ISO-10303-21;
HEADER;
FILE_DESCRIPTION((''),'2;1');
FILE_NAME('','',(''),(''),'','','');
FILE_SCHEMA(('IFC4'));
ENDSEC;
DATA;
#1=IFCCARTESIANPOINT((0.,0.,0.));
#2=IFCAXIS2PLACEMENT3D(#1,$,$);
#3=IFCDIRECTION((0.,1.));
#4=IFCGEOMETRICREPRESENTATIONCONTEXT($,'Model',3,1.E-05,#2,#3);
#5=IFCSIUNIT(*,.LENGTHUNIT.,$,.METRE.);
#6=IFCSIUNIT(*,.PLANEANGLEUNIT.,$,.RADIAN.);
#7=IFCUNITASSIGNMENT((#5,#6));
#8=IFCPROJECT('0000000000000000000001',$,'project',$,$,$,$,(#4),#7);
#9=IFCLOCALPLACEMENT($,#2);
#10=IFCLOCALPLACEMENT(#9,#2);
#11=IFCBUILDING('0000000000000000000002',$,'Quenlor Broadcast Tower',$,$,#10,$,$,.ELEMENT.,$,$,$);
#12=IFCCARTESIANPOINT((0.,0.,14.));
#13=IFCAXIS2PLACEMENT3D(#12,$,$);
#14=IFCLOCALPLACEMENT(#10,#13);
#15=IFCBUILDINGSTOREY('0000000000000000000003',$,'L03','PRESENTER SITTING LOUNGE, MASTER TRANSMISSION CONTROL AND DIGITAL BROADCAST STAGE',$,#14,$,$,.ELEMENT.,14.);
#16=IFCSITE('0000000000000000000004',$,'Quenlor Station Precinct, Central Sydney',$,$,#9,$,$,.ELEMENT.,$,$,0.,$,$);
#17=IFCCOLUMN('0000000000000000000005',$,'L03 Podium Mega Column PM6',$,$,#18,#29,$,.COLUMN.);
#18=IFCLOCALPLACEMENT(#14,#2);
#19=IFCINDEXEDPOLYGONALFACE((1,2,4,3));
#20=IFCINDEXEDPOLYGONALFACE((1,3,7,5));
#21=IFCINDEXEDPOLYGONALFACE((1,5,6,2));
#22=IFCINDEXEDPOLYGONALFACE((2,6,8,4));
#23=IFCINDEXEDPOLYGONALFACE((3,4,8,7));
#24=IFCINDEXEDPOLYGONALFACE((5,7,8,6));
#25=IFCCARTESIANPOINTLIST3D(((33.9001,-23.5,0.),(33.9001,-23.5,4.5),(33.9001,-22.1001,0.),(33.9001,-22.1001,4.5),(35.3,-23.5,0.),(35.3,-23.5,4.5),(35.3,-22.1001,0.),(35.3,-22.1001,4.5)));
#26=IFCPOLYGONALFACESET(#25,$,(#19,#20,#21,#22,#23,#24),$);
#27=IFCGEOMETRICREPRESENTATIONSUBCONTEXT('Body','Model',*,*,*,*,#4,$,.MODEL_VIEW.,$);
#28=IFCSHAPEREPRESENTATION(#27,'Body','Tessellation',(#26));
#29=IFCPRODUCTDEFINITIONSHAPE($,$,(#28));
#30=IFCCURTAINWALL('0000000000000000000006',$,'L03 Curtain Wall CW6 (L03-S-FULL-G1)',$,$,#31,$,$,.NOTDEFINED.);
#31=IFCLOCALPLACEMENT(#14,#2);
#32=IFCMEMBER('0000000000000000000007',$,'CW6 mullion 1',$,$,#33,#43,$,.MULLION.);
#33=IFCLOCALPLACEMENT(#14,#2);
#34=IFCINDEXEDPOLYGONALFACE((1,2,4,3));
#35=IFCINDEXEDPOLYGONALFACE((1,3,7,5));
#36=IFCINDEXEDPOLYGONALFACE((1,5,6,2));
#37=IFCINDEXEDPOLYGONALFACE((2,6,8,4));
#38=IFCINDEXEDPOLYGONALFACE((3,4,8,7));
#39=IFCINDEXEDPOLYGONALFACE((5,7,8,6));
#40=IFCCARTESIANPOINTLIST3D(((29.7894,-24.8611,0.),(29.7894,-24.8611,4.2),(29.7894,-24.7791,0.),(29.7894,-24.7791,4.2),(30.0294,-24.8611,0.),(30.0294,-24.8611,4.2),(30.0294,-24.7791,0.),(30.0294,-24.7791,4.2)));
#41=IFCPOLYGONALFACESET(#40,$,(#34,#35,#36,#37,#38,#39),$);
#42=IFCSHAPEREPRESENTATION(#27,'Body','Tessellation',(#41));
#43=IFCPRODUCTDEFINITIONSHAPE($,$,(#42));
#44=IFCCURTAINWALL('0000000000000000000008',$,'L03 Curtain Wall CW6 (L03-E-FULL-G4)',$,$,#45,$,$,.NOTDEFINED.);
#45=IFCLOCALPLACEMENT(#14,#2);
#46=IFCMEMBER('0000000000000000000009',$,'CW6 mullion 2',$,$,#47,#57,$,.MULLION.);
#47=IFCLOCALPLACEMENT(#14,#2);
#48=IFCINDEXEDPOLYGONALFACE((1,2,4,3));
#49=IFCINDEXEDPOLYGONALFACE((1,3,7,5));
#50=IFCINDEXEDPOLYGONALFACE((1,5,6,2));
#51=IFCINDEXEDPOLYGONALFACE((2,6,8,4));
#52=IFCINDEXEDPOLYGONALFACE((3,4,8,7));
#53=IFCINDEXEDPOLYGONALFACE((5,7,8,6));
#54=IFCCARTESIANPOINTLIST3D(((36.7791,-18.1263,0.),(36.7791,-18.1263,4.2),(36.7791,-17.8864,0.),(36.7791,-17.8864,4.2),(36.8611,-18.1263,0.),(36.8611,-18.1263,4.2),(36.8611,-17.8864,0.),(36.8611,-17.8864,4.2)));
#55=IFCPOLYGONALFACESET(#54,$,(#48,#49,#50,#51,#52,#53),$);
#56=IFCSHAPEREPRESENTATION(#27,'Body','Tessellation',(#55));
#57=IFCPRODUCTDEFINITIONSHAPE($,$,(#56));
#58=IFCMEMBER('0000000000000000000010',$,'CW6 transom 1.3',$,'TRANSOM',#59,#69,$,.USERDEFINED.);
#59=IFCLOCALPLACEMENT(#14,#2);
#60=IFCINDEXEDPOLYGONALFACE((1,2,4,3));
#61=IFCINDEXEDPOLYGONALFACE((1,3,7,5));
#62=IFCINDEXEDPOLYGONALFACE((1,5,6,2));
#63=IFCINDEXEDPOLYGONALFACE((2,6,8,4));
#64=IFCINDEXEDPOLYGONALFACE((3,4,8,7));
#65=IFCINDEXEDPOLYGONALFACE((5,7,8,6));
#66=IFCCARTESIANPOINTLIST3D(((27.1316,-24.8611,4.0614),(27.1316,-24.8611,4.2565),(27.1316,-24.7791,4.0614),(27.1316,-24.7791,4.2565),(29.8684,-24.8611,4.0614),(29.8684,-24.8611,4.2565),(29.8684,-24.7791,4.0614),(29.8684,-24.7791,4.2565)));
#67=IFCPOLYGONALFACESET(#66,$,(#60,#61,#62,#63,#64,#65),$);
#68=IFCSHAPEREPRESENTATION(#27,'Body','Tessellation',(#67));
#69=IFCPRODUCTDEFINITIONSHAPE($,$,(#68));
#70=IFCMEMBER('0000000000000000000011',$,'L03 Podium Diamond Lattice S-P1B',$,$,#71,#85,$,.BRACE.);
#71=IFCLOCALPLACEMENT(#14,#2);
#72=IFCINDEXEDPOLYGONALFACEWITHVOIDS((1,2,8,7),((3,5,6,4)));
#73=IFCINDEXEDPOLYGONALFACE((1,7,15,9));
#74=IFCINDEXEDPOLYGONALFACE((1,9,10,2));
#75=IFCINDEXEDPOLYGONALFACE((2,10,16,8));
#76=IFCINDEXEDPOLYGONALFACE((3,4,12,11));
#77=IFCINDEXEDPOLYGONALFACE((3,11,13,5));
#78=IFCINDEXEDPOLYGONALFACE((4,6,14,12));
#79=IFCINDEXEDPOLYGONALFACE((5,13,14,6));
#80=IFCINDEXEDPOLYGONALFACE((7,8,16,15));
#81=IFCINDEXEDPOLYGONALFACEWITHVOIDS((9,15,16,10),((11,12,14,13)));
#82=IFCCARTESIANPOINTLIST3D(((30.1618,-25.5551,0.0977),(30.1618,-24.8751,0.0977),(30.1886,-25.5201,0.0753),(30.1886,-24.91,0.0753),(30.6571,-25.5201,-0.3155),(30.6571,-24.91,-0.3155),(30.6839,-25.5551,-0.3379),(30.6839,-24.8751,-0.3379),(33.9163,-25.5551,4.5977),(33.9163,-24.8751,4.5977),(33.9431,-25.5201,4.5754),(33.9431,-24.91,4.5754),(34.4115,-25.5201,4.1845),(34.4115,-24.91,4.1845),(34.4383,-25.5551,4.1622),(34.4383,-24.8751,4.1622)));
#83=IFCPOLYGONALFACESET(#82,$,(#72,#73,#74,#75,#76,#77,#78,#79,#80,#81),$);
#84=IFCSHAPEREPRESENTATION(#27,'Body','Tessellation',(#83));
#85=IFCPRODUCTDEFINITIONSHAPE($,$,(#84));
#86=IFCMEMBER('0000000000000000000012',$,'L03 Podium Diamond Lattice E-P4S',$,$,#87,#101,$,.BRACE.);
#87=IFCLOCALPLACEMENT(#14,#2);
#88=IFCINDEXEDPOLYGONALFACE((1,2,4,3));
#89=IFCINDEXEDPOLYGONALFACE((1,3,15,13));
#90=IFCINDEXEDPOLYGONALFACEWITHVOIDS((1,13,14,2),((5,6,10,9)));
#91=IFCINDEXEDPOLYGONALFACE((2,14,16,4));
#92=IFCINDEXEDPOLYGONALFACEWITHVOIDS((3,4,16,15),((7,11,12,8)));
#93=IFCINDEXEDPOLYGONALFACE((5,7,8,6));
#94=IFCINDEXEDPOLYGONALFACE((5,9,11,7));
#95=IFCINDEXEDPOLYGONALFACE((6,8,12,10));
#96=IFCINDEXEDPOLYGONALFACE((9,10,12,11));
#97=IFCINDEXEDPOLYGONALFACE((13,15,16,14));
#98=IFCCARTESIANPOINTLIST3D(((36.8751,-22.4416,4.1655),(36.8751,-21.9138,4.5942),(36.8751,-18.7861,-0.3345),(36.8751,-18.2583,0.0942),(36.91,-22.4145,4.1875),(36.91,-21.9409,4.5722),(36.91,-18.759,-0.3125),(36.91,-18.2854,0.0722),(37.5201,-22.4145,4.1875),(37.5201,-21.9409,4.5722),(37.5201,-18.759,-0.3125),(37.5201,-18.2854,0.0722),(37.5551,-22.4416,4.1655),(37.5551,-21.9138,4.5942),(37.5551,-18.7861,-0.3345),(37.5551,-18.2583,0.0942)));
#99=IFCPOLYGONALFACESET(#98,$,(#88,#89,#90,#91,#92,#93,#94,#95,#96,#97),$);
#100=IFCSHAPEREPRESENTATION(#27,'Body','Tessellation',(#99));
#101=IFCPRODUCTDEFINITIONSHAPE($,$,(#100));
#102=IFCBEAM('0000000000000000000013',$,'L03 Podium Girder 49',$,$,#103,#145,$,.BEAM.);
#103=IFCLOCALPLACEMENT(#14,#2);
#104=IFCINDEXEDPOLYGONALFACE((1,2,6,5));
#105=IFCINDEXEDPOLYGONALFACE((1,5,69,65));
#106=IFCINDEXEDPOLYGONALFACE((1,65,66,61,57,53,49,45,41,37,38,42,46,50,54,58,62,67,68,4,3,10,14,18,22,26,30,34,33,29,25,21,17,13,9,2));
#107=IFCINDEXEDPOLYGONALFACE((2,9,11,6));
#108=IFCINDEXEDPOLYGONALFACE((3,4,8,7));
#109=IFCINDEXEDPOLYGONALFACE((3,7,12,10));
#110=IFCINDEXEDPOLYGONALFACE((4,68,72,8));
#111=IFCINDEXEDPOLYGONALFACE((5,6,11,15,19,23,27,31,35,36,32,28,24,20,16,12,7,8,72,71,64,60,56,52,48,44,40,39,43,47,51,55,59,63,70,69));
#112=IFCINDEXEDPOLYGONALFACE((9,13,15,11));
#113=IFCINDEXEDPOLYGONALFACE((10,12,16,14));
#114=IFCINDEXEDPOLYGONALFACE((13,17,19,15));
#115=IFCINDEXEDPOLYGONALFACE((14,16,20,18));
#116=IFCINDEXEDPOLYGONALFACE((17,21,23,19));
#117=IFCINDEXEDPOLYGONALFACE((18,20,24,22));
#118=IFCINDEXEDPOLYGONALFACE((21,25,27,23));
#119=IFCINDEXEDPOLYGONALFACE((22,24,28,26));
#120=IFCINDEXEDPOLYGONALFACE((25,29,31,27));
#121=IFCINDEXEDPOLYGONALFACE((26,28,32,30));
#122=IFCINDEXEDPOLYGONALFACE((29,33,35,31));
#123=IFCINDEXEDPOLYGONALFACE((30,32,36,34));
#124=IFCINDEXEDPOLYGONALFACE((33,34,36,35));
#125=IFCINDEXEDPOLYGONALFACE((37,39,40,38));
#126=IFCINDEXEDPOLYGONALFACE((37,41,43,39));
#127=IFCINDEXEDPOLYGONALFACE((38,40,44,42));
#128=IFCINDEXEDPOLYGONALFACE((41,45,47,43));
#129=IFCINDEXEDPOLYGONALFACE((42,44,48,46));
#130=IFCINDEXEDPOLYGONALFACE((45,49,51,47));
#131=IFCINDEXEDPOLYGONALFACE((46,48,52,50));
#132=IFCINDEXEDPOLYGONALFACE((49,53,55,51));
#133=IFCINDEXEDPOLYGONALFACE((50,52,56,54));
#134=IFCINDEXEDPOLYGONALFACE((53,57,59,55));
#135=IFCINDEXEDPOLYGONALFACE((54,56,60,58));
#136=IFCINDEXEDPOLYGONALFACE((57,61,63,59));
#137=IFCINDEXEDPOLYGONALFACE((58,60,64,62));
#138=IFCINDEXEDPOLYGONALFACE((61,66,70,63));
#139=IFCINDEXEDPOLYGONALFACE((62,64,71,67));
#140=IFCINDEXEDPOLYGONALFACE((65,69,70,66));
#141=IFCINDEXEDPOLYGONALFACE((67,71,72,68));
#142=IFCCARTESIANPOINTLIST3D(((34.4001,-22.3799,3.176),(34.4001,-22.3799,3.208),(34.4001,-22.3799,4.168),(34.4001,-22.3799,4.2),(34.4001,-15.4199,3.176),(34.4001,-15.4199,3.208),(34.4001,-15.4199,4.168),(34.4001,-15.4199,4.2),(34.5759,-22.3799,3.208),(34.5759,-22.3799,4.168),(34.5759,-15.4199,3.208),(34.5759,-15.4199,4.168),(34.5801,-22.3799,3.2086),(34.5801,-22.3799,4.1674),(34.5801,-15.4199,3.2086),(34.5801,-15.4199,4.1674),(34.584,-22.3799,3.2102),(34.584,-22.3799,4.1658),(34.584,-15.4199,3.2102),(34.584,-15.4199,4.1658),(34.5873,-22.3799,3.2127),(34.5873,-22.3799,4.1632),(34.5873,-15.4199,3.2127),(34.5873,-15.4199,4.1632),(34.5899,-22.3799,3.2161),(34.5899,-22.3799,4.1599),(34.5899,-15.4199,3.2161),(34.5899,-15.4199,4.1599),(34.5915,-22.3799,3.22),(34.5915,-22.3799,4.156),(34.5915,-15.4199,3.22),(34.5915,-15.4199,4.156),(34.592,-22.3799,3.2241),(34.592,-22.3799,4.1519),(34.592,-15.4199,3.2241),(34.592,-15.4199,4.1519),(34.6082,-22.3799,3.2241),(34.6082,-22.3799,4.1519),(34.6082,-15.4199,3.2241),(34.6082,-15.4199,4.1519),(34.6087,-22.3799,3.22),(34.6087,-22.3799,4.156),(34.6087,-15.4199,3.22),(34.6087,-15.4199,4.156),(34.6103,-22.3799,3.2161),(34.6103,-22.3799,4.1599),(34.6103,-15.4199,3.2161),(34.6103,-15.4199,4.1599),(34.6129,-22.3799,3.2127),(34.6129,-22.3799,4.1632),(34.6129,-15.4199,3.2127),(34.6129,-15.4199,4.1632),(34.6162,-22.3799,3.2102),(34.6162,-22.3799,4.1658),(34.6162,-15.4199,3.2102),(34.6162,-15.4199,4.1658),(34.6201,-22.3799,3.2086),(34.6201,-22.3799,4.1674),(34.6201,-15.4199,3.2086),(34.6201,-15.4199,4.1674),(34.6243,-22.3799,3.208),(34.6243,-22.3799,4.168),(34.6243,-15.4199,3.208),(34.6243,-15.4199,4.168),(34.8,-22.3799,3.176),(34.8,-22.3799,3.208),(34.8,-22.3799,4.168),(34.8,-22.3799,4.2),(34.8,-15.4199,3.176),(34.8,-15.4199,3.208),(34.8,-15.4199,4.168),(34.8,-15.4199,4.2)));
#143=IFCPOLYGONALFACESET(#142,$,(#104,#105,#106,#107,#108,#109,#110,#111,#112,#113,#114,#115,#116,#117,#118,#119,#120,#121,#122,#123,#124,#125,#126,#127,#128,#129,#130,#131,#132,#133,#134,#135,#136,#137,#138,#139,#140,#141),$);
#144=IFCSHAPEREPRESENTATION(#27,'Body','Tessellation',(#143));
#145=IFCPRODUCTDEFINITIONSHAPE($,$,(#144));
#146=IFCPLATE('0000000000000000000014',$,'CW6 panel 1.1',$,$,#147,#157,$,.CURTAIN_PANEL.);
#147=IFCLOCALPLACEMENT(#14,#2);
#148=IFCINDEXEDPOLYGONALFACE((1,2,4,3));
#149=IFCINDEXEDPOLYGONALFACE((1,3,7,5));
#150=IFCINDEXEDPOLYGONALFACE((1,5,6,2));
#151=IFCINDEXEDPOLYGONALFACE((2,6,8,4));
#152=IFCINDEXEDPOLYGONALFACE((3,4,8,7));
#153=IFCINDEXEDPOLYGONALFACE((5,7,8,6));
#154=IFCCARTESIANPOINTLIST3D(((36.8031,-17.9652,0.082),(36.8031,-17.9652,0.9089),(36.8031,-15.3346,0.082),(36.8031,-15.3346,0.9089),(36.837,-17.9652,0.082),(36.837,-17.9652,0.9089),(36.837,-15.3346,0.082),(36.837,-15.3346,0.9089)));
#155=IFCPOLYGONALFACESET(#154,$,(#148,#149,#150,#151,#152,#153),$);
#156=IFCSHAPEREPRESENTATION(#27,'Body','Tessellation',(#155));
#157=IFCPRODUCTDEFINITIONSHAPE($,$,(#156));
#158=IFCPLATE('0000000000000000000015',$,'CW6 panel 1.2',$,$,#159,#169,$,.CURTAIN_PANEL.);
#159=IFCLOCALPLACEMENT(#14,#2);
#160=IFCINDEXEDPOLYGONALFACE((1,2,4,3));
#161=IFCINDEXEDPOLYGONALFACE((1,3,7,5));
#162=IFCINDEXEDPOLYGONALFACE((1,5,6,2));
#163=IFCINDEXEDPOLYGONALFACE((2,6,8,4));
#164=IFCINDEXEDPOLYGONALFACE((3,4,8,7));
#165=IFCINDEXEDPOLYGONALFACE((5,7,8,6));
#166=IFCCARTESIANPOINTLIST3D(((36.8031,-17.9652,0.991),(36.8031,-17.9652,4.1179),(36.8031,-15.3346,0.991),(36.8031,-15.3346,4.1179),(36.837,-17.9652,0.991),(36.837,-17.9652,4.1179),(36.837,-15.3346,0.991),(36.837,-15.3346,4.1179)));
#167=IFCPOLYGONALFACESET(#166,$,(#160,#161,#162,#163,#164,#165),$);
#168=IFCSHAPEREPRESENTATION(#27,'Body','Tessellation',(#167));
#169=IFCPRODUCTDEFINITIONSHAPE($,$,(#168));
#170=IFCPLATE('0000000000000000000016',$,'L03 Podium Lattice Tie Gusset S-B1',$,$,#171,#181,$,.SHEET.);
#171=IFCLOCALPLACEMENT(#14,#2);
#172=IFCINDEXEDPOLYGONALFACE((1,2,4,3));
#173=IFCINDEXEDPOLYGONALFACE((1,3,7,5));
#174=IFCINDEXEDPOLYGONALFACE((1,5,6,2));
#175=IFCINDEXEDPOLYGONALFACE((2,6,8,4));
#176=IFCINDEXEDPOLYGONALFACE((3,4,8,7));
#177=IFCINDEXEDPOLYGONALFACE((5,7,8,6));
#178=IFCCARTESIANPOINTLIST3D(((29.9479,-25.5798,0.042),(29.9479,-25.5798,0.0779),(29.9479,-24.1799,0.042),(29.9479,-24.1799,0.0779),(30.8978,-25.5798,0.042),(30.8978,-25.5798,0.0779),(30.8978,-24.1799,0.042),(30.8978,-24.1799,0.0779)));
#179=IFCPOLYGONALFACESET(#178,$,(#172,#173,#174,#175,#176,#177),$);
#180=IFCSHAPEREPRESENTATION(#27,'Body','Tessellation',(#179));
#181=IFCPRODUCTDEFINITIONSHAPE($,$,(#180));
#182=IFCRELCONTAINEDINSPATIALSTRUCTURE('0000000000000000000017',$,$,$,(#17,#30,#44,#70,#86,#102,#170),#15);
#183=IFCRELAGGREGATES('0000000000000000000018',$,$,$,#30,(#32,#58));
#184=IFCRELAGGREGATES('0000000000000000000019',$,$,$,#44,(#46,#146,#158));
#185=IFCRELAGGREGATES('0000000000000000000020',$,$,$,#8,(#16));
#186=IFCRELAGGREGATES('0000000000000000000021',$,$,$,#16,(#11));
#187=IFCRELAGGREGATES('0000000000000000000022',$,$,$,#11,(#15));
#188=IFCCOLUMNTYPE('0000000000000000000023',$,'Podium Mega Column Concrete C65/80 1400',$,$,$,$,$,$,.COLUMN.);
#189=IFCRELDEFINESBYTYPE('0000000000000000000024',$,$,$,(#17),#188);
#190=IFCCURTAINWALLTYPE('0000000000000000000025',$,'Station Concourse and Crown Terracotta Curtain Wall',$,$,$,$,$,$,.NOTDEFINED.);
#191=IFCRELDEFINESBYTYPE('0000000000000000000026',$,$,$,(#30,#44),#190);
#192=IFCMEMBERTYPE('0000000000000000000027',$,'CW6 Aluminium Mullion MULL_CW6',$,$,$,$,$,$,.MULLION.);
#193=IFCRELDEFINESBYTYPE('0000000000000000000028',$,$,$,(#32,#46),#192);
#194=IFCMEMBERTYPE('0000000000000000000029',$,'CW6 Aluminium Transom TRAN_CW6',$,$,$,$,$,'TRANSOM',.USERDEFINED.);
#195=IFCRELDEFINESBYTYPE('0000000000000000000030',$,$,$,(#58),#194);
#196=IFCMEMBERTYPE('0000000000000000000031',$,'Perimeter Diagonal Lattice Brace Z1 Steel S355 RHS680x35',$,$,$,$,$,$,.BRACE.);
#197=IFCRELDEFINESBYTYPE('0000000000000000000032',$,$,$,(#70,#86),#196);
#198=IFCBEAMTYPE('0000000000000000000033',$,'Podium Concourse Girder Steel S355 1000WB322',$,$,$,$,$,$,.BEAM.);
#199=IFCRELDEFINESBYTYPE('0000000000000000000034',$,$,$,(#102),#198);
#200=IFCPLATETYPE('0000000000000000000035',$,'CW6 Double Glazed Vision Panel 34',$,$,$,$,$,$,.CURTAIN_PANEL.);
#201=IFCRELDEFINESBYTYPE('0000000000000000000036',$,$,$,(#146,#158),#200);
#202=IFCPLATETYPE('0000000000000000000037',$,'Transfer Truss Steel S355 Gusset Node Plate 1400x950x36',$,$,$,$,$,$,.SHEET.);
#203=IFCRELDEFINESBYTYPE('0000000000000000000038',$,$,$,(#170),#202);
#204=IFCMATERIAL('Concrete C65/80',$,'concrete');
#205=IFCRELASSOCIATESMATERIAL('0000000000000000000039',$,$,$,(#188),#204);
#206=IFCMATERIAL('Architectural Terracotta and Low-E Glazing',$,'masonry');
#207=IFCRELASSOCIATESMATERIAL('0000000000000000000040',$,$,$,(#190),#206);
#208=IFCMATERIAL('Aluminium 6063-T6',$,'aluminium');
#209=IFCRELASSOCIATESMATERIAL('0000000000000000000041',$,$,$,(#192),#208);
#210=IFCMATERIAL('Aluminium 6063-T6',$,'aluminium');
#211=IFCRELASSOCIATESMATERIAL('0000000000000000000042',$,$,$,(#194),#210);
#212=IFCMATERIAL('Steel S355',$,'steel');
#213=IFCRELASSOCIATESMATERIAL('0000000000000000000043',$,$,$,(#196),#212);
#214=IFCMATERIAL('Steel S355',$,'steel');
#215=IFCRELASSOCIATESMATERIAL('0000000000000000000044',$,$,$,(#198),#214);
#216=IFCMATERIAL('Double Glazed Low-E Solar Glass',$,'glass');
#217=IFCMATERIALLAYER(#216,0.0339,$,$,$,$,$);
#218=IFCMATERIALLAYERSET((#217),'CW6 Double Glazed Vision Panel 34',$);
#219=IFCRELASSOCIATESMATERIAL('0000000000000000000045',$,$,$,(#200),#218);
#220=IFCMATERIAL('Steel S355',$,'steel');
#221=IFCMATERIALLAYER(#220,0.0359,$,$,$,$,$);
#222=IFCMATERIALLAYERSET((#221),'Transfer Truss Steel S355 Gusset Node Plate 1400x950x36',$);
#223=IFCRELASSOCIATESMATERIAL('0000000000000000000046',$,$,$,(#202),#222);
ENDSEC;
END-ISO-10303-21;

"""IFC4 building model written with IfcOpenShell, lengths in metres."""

from ifc_helpers import new_model, si_unit, direction, frame, origin, origin_2d, place, context, subcontext, project, spatial, rectangle, hollow_rectangle, i_section, extrude, material, layer, layer_set, material_profile, profile_set, type_object, element, aggregate, save


model = new_model("IFC4")

# Units and contexts
model_context = context("Model", 3, precision=1e-05, world=origin(), true_north=direction((0.0, 1.0)))
body_context = subcontext(model_context, "Body", "Model", "MODEL_VIEW")
ifc_project = project(units=[si_unit("LENGTHUNIT", "METRE"), si_unit("PLANEANGLEUNIT", "RADIAN")], contexts=[model_context])

# Site, building, storey
site_placement = place(None, origin())
site = spatial("IfcSite", under=ifc_project, at=site_placement, Name="Quenlor Station Precinct, Central Sydney", CompositionType="ELEMENT", RefElevation=0.0)
building_placement = place(site_placement, origin())
building = spatial("IfcBuilding", under=site, at=building_placement, Name="Quenlor Broadcast Tower", CompositionType="ELEMENT")
storey_placement = place(building_placement, frame((0.0, 0.0, 14.0)))
storey = spatial("IfcBuildingStorey", under=building, at=storey_placement, Name="L03", Description="PRESENTER SITTING LOUNGE, MASTER TRANSMISSION CONTROL AND DIGITAL BROADCAST STAGE", CompositionType="ELEMENT", Elevation=14.0)

# Column
ifc_material_1 = material(Name="Concrete C65/80", Category="concrete")
ifc_material_profile_1 = material_profile(ifc_material_1, rectangle(XDim=1.3999, YDim=1.3999, at=origin_2d()))
ifc_profile_set_1 = profile_set([ifc_material_profile_1], Name="Concrete C65/80 RC1400x1400")
column_type = type_object("IfcColumnType", Name="Podium Mega Column Concrete C65/80 1400", PredefinedType="COLUMN", material=ifc_profile_set_1)
column_placement = place(storey_placement, frame((34.6001, -22.8, 0.0), z_axis=(0.0, 0.0, 1.0), x_axis=(1.0, 0.0, 0.0)))
element("IfcColumn", 1, at=column_placement, inside=storey, type_object=column_type, Name="L03 Podium Mega Column PM6", PredefinedType="COLUMN", context=body_context, shape_type="SweptSolid", body=[
    extrude(rectangle(XDim=1.3999, YDim=1.3999, at=origin_2d()), origin(), (0.0, 0.0, 1.0), 4.5),
])

# Curtain walls, members
ifc_material_2 = material(Name="Architectural Terracotta and Low-E Glazing", Category="masonry")
curtain_wall_type = type_object("IfcCurtainWallType", Name="Station Concourse and Crown Terracotta Curtain Wall", PredefinedType="NOTDEFINED", material=ifc_material_2)
curtain_wall_1_placement = place(storey_placement, origin())
curtain_wall_1 = element("IfcCurtainWall", 2, at=curtain_wall_1_placement, inside=storey, type_object=curtain_wall_type, Name="L03 Curtain Wall CW6 (L03-S-FULL-G1)", PredefinedType="NOTDEFINED")
ifc_material_3 = material(Name="Aluminium 6063-T6", Category="aluminium")
ifc_material_profile_2 = material_profile(ifc_material_3, rectangle(XDim=0.082, YDim=0.24, at=origin_2d()))
ifc_profile_set_2 = profile_set([ifc_material_profile_2], Name="Aluminium 6063-T6 MULL82x240")
member_type_1 = type_object("IfcMemberType", Name="CW6 Aluminium Mullion MULL_CW6", PredefinedType="MULLION", material=ifc_profile_set_2)
member_1_placement = place(storey_placement, frame((29.9094, -24.8201, 0.0), z_axis=(0.0, 0.0, 1.0), x_axis=(0.0, -1.0, 0.0)))
member_1 = element("IfcMember", 3, at=member_1_placement, type_object=member_type_1, Name="CW6 mullion 1", PredefinedType="MULLION", context=body_context, shape_type="SweptSolid", body=[
    extrude(rectangle(XDim=0.082, YDim=0.24, at=origin_2d()), origin(), (0.0, 0.0, 1.0), 4.2),
])
curtain_wall_2_placement = place(storey_placement, origin())
curtain_wall_2 = element("IfcCurtainWall", 4, at=curtain_wall_2_placement, inside=storey, type_object=curtain_wall_type, Name="L03 Curtain Wall CW6 (L03-E-FULL-G4)", PredefinedType="NOTDEFINED")
member_2_placement = place(storey_placement, frame((36.8201, -18.0063, 0.0), z_axis=(0.0, 0.0, 1.0), x_axis=(1.0, 0.0, 0.0)))
member_2 = element("IfcMember", 5, at=member_2_placement, type_object=member_type_1, Name="CW6 mullion 2", PredefinedType="MULLION", context=body_context, shape_type="SweptSolid", body=[
    extrude(rectangle(XDim=0.082, YDim=0.24, at=origin_2d()), origin(), (0.0, 0.0, 1.0), 4.2),
])

# Member
ifc_material_4 = material(Name="Aluminium 6063-T6", Category="aluminium")
ifc_material_profile_3 = material_profile(ifc_material_4, rectangle(XDim=0.082, YDim=0.1951, at=origin_2d()))
ifc_profile_set_3 = profile_set([ifc_material_profile_3], Name="Aluminium 6063-T6 TRAN82x195")
member_type_2 = type_object("IfcMemberType", Name="CW6 Aluminium Transom TRAN_CW6", ElementType="TRANSOM", PredefinedType="USERDEFINED", material=ifc_profile_set_3)
member_3_placement = place(storey_placement, frame((29.8684, -24.8201, 4.1589), z_axis=(-1.0, 0.0, 0.0), x_axis=(0.0, -1.0, 0.0)))
member_3 = element("IfcMember", 6, at=member_3_placement, type_object=member_type_2, Name="CW6 transom 1.3", ObjectType="TRANSOM", PredefinedType="USERDEFINED", context=body_context, shape_type="SweptSolid", body=[
    extrude(rectangle(XDim=0.082, YDim=0.1951, at=origin_2d()), origin(), (0.0, 0.0, 1.0), 2.7368),
])
aggregate(curtain_wall_1, [member_1, member_3])

# Members
ifc_material_5 = material(Name="Steel S355", Category="steel")
ifc_material_profile_4 = material_profile(ifc_material_5, hollow_rectangle(XDim=0.6799, YDim=0.6799, WallThickness=0.0349, at=origin_2d()))
ifc_profile_set_4 = profile_set([ifc_material_profile_4], Name="Steel S355 RHS680x680x35")
member_type_3 = type_object("IfcMemberType", Name="Perimeter Diagonal Lattice Brace Z1 Steel S355 RHS680x35", PredefinedType="BRACE", material=ifc_profile_set_4)
member_4_placement = place(storey_placement, frame((30.4229, -25.2151, -0.1201), z_axis=(0.640627, 0.0, 0.767852), x_axis=(0.0, 1.0, 0.0)))
element("IfcMember", 7, at=member_4_placement, inside=storey, type_object=member_type_3, Name="L03 Podium Diamond Lattice S-P1B", PredefinedType="BRACE", context=body_context, shape_type="SweptSolid", body=[
    extrude(hollow_rectangle(XDim=0.6799, YDim=0.6799, WallThickness=0.0349, at=origin_2d()), origin(), (0.0, 0.0, 1.0), 5.8606),
])
member_5_placement = place(storey_placement, frame((37.2151, -18.5222, -0.1201), z_axis=(0.0, -0.630517, 0.776176), x_axis=(1.0, 0.0, 0.0)))
element("IfcMember", 8, at=member_5_placement, inside=storey, type_object=member_type_3, Name="L03 Podium Diamond Lattice E-P4S", PredefinedType="BRACE", context=body_context, shape_type="SweptSolid", body=[
    extrude(hollow_rectangle(XDim=0.6799, YDim=0.6799, WallThickness=0.0349, at=origin_2d()), origin(), (0.0, 0.0, 1.0), 5.7976),
])

# Beam
ifc_material_6 = material(Name="Steel S355", Category="steel")
ifc_material_profile_5 = material_profile(ifc_material_6, i_section(OverallWidth=0.3999, OverallDepth=1.0239, WebThickness=0.0161, FlangeThickness=0.032, FilletRadius=0.0161, at=origin_2d()))
ifc_profile_set_5 = profile_set([ifc_material_profile_5], Name="Steel S355 1000WB322")
beam_type = type_object("IfcBeamType", Name="Podium Concourse Girder Steel S355 1000WB322", PredefinedType="BEAM", material=ifc_profile_set_5)
beam_placement = place(storey_placement, frame((34.6001, -22.3799, 3.688), z_axis=(0.0, 1.0, 0.0), x_axis=(-1.0, 0.0, 0.0)))
element("IfcBeam", 9, at=beam_placement, inside=storey, type_object=beam_type, Name="L03 Podium Girder 49", PredefinedType="BEAM", context=body_context, shape_type="SweptSolid", body=[
    extrude(i_section(OverallWidth=0.3999, OverallDepth=1.0239, WebThickness=0.0161, FlangeThickness=0.032, FilletRadius=0.0161, at=origin_2d()), origin(), (0.0, 0.0, 1.0), 6.96),
])

# Plates
ifc_material_7 = material(Name="Double Glazed Low-E Solar Glass", Category="glass")
ifc_layer_1 = layer(ifc_material_7, 0.0339)
ifc_layer_set_1 = layer_set([ifc_layer_1], Name="CW6 Double Glazed Vision Panel 34")
plate_type_1 = type_object("IfcPlateType", Name="CW6 Double Glazed Vision Panel 34", PredefinedType="CURTAIN_PANEL", material=ifc_layer_set_1)
plate_1_placement = place(storey_placement, frame((36.8201, -16.6499, 0.082), z_axis=(0.0, 0.0, 1.0), x_axis=(0.0, -1.0, 0.0)))
plate_1 = element("IfcPlate", 10, at=plate_1_placement, type_object=plate_type_1, Name="CW6 panel 1.1", PredefinedType="CURTAIN_PANEL", context=body_context, shape_type="SweptSolid", body=[
    extrude(rectangle(XDim=2.6306, YDim=0.0339, at=origin_2d()), origin(), (0.0, 0.0, 1.0), 0.8269),
])
plate_2_placement = place(storey_placement, frame((36.8201, -16.6499, 0.991), z_axis=(0.0, 0.0, 1.0), x_axis=(0.0, -1.0, 0.0)))
plate_2 = element("IfcPlate", 11, at=plate_2_placement, type_object=plate_type_1, Name="CW6 panel 1.2", PredefinedType="CURTAIN_PANEL", context=body_context, shape_type="SweptSolid", body=[
    extrude(rectangle(XDim=2.6306, YDim=0.0339, at=origin_2d()), origin(), (0.0, 0.0, 1.0), 3.127),
])
aggregate(curtain_wall_2, [member_2, plate_1, plate_2])

# Plate
ifc_material_8 = material(Name="Steel S355", Category="steel")
ifc_layer_2 = layer(ifc_material_8, 0.0359)
ifc_layer_set_2 = layer_set([ifc_layer_2], Name="Transfer Truss Steel S355 Gusset Node Plate 1400x950x36")
plate_type_2 = type_object("IfcPlateType", Name="Transfer Truss Steel S355 Gusset Node Plate 1400x950x36", PredefinedType="SHEET", material=ifc_layer_set_2)
for number, where, z_axis, x_axis, name in (
    (12, (30.4229, -24.8799, 0.042), (0.0, 0.0, 1.0), (0.0, -1.0, 0.0), "L03 Podium Lattice Tie Gusset S-B1"),
):
    element("IfcPlate", number, at=place(storey_placement, frame(where, z_axis=z_axis, x_axis=x_axis)), inside=storey, type_object=plate_type_2, Name=name, PredefinedType="SHEET", context=body_context, shape_type="SweptSolid", body=[
        extrude(rectangle(XDim=1.3999, YDim=0.95, at=origin_2d()), origin(), (0.0, 0.0, 1.0), 0.0359),
    ])

save(model, "model.ifc")
